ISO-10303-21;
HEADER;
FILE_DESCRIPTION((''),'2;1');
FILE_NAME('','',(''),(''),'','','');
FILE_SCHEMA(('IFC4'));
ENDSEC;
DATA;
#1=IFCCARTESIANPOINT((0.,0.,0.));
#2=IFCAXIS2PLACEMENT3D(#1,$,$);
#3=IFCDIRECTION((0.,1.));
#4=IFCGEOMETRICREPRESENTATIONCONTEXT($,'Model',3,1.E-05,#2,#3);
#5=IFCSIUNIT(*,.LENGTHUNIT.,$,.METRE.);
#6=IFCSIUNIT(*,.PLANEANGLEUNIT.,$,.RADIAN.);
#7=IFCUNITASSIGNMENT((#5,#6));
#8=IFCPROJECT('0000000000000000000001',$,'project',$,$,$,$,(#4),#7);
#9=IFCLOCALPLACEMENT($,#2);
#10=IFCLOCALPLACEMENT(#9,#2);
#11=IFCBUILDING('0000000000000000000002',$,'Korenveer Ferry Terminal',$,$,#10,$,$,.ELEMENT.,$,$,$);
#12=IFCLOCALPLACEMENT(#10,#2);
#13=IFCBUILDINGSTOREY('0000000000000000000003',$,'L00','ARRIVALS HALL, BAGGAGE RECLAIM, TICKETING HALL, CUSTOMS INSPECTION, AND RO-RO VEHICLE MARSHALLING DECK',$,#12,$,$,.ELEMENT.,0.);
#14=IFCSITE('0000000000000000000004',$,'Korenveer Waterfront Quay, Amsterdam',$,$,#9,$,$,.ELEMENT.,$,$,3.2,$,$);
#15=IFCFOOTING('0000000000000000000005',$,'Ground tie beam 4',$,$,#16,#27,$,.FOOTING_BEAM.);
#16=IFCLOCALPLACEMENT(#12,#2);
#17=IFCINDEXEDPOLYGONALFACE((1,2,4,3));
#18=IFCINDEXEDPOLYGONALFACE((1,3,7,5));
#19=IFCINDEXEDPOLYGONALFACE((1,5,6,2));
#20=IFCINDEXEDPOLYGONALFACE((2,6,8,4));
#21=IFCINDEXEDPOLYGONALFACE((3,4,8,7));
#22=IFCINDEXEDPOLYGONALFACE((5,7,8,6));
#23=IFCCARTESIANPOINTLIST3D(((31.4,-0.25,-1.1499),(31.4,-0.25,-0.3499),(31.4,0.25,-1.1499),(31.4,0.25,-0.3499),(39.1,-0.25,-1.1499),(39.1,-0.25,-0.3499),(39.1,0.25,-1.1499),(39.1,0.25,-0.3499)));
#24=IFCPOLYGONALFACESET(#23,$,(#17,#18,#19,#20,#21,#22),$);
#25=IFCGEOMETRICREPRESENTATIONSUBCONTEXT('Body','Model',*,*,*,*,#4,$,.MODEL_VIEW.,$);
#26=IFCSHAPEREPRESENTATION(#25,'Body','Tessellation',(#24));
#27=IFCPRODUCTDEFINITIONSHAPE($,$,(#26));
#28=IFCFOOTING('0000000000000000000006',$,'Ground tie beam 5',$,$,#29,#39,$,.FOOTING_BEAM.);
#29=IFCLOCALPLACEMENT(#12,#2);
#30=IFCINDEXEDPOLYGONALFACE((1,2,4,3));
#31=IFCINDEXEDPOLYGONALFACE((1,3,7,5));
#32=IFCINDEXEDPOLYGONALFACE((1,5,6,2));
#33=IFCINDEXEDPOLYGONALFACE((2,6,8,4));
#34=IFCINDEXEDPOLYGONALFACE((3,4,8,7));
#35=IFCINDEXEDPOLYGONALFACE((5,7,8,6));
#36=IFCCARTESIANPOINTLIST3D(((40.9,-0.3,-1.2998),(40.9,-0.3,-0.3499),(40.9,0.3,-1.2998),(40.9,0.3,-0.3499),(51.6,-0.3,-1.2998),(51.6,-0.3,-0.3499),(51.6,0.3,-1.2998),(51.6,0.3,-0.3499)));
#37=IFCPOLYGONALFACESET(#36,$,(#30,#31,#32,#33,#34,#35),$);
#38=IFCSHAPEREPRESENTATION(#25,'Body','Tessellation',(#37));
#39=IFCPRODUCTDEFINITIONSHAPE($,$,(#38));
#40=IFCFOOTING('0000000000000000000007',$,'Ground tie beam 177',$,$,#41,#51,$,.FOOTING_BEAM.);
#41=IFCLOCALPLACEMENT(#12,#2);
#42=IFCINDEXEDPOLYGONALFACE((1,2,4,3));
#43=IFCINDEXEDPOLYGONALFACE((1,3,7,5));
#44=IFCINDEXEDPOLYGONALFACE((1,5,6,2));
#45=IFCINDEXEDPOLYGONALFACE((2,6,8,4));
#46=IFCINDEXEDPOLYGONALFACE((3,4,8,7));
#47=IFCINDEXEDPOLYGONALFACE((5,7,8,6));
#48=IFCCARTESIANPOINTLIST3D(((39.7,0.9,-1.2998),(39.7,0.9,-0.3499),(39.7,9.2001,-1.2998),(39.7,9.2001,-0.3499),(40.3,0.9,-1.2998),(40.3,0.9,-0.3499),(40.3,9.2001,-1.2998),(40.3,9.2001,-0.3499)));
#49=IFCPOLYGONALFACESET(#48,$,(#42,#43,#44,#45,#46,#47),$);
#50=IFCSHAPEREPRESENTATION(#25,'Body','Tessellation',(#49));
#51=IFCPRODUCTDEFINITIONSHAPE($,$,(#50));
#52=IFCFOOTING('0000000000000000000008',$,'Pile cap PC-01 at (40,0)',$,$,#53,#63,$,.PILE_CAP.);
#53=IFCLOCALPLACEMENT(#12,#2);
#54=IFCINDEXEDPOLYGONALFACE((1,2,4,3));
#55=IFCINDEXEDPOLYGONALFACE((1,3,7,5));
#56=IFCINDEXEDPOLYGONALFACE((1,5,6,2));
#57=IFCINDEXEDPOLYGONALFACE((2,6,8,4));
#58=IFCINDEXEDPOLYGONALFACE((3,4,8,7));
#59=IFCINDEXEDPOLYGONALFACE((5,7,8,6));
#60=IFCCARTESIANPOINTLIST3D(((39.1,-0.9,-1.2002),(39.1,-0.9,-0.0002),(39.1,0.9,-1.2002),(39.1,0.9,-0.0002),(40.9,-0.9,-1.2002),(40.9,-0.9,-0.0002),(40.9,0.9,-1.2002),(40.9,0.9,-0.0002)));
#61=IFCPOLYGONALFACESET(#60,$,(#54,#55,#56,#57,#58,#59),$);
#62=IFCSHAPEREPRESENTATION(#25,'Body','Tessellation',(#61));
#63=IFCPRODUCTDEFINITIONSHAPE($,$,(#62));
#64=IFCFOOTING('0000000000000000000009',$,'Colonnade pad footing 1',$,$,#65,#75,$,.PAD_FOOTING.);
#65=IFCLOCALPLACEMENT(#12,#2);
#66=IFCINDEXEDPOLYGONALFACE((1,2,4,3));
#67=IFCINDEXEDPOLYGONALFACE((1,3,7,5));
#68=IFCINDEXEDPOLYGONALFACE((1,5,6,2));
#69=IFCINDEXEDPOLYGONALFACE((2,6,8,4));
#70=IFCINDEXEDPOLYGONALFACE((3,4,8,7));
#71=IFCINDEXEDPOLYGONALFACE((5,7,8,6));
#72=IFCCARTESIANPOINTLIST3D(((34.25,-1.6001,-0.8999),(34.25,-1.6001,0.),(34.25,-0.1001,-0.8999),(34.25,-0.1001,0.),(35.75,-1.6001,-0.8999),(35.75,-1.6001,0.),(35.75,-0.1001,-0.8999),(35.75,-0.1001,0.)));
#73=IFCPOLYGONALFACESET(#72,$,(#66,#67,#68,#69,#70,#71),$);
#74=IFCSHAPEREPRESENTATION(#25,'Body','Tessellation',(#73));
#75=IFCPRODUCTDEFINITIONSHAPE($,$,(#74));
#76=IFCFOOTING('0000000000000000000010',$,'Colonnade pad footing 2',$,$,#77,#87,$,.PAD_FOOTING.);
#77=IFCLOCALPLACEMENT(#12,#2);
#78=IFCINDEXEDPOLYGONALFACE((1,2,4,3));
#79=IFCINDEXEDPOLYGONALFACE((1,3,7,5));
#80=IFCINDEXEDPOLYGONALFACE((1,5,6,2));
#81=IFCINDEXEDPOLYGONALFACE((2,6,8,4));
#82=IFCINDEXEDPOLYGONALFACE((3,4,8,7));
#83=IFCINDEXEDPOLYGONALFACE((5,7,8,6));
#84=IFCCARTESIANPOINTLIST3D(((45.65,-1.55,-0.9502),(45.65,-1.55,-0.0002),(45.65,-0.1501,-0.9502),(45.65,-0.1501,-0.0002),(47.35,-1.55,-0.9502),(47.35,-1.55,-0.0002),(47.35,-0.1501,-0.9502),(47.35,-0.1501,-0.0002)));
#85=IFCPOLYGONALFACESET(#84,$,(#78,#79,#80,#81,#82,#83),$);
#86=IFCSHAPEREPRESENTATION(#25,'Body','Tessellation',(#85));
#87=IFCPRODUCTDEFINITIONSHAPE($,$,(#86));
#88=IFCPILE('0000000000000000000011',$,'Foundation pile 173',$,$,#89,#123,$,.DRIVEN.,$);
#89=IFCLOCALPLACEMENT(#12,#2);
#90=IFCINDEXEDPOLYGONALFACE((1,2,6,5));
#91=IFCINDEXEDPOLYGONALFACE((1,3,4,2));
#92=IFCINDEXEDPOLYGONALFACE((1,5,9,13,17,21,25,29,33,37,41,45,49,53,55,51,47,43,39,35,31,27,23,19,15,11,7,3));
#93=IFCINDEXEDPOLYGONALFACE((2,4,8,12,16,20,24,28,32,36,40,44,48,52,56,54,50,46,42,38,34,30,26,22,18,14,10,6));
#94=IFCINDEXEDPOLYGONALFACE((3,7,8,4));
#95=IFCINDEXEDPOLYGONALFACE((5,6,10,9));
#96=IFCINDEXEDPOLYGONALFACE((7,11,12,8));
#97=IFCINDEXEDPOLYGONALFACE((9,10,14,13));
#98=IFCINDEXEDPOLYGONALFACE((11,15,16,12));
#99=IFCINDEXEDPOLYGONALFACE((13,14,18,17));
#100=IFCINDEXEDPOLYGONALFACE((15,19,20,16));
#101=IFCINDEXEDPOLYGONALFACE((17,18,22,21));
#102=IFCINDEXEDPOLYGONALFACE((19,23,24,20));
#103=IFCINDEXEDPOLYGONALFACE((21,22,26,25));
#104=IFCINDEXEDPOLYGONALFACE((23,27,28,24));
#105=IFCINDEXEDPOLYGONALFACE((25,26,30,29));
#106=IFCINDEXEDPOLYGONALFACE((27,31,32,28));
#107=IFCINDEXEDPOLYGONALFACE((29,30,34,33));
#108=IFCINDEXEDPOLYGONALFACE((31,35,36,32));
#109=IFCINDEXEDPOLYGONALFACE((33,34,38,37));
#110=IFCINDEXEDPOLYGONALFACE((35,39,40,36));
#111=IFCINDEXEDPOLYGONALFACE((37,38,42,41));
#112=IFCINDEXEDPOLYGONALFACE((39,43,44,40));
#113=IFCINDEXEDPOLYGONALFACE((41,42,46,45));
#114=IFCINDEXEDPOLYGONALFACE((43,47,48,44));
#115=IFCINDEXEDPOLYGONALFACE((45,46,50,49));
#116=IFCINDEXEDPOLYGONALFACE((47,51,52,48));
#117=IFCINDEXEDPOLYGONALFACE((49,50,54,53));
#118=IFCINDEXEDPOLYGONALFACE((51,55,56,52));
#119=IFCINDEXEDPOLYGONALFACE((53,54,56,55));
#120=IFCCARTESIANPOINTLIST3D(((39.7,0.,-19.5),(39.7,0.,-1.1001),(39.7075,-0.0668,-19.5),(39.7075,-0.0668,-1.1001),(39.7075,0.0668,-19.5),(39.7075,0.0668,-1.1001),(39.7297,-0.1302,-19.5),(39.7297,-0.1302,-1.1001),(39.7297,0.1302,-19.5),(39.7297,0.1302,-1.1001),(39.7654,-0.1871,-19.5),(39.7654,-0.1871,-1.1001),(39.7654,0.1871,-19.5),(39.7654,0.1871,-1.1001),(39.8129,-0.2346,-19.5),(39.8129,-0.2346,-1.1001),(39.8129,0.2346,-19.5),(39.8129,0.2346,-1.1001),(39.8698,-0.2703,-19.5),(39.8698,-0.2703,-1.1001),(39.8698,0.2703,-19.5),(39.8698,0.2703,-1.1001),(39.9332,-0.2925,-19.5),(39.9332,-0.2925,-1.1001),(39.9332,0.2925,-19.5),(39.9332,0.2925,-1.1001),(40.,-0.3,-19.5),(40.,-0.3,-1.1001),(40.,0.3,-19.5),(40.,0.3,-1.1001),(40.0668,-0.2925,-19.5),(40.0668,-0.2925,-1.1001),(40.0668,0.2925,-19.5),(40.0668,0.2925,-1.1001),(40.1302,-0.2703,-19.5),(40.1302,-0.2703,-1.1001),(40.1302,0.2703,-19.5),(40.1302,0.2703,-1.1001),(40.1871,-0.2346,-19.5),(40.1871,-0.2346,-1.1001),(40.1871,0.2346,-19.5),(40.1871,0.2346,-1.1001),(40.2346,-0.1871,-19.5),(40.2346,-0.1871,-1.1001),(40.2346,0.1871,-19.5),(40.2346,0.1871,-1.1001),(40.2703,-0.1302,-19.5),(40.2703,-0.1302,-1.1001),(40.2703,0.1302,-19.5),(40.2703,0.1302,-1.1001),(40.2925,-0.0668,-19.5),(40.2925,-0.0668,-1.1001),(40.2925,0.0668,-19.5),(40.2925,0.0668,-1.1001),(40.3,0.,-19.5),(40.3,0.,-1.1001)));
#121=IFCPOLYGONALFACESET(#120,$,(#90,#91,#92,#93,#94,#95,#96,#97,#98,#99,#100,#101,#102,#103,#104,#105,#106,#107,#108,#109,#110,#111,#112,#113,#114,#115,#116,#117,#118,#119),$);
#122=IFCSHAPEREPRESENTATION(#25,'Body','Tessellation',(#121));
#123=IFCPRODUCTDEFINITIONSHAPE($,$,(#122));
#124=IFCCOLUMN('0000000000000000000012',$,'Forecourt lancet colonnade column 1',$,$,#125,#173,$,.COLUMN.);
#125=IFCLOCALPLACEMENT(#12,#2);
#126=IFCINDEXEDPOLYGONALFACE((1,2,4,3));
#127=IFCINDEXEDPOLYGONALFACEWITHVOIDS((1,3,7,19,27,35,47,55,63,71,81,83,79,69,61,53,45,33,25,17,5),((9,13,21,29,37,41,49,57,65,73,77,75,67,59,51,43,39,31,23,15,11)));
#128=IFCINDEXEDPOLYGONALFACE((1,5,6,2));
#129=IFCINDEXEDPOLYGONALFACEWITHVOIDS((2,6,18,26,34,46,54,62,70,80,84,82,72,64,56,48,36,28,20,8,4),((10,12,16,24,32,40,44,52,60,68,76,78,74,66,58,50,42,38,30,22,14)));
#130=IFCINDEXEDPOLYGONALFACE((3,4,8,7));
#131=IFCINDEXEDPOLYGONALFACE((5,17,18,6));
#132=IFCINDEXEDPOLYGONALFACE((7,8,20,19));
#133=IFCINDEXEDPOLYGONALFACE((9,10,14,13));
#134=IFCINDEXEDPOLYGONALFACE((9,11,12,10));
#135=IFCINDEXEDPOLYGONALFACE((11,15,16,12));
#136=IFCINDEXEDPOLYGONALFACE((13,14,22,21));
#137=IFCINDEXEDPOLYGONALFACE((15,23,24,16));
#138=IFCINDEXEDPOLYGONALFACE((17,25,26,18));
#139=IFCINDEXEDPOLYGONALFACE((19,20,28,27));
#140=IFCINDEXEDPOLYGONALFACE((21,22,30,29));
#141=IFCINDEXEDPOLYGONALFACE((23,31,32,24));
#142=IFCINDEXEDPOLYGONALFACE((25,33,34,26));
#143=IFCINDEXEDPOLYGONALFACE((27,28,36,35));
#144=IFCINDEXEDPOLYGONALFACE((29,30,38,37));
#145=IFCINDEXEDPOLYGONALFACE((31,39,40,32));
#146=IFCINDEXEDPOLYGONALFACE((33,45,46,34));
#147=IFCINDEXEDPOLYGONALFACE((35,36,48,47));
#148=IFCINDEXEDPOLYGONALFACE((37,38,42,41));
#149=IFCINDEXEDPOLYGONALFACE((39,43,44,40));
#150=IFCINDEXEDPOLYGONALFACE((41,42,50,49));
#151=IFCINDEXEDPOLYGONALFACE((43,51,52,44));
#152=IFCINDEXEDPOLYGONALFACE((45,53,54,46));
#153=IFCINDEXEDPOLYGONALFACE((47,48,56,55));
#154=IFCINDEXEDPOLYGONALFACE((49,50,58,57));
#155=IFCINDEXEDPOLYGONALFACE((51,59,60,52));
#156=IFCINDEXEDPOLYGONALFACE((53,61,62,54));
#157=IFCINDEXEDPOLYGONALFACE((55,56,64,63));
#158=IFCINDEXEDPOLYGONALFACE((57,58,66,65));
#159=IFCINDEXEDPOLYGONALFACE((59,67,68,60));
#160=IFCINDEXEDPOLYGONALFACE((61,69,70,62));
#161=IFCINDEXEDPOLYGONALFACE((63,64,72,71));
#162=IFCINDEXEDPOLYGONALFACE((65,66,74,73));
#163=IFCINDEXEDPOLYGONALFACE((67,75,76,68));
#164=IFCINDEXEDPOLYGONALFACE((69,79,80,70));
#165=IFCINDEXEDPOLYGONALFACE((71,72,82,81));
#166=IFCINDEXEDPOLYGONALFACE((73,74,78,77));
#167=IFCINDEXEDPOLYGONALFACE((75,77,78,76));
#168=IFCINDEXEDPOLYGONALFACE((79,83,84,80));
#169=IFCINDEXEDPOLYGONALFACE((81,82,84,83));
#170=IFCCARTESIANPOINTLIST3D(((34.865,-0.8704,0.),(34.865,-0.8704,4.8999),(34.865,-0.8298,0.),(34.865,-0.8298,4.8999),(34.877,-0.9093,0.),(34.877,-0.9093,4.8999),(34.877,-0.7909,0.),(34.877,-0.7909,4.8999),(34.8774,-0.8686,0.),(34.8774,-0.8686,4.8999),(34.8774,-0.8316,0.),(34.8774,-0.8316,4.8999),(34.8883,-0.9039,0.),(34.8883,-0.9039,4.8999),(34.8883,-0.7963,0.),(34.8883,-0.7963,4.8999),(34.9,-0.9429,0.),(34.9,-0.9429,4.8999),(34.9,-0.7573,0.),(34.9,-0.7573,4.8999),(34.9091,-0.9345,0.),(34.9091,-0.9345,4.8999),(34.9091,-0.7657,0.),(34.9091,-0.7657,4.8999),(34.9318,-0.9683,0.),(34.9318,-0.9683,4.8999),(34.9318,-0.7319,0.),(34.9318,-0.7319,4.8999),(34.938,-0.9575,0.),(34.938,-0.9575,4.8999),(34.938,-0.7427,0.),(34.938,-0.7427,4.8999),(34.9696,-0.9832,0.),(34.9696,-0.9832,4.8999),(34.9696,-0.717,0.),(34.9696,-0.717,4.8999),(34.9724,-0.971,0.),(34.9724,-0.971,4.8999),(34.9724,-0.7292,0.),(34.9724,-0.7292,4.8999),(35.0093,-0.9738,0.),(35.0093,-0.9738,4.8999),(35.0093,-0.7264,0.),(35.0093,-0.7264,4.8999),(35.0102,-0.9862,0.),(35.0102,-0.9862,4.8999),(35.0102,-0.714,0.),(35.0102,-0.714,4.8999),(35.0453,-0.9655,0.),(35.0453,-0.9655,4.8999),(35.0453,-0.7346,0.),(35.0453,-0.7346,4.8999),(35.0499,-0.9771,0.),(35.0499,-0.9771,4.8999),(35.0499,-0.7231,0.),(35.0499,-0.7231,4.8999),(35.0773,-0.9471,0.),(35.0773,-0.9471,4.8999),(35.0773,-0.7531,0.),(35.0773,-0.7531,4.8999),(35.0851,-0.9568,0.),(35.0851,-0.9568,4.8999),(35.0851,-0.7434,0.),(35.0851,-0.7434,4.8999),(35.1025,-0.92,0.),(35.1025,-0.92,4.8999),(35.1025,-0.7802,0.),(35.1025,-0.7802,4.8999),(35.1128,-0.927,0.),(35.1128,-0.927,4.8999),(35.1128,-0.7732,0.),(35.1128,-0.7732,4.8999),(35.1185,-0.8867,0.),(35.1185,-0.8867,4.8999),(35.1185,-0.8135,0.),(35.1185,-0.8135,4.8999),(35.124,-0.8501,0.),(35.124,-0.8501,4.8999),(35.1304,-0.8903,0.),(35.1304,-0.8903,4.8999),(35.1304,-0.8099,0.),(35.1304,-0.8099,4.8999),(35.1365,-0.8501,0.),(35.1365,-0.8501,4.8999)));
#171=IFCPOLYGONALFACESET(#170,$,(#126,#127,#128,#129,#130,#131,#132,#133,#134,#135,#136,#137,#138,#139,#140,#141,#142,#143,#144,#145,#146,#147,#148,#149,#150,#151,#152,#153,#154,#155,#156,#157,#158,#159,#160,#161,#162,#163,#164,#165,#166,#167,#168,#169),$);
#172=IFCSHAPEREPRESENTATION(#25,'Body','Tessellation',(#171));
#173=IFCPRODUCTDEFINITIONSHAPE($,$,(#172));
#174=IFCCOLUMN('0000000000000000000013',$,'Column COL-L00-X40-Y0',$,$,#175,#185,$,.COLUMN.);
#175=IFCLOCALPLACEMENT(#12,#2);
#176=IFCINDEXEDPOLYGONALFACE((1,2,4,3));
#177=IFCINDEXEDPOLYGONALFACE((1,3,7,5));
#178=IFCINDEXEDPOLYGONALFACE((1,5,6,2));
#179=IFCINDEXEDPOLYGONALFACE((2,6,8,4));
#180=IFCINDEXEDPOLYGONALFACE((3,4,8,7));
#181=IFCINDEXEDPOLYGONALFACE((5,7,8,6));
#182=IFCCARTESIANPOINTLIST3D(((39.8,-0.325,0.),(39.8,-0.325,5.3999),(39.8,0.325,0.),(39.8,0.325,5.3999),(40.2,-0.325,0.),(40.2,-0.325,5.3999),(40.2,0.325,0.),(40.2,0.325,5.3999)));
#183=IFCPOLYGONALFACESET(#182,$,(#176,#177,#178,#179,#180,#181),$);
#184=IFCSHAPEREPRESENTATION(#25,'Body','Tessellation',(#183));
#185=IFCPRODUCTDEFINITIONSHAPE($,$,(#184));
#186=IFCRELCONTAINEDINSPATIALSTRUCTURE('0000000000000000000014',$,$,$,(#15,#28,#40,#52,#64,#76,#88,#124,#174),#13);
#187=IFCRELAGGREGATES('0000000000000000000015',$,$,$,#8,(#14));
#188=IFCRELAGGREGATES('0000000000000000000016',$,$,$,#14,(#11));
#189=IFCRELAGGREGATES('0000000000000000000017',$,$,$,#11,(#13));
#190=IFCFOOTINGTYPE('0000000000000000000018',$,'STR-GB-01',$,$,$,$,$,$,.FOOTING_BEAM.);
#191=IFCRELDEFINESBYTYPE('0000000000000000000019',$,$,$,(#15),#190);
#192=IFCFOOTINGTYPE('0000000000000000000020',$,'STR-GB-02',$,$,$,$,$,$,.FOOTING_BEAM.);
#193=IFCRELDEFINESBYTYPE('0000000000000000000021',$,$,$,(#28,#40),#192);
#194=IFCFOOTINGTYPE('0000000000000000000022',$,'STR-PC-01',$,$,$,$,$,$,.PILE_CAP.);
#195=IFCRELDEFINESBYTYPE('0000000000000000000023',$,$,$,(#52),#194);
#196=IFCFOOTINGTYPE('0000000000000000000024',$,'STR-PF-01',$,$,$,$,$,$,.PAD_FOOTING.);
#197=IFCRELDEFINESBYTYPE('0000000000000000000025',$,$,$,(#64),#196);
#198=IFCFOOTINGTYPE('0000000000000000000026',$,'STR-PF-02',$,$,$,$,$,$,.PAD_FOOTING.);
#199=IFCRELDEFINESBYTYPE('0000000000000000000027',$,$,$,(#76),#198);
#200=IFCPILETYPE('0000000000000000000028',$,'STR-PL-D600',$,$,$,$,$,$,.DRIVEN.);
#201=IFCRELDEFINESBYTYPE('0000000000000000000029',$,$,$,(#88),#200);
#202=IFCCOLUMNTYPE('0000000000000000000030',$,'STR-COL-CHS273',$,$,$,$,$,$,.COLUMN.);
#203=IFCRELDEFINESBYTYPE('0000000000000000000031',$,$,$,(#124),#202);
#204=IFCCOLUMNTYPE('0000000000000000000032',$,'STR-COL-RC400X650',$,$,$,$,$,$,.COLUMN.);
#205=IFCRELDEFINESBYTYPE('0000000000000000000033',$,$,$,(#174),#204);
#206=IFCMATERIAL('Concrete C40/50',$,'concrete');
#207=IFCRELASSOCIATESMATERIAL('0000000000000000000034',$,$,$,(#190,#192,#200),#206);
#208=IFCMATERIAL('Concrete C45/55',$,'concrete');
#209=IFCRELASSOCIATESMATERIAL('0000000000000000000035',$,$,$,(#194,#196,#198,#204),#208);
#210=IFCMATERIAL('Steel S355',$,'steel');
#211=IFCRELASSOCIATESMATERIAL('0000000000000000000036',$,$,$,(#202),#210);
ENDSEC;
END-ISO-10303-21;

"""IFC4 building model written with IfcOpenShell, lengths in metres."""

from ifc_helpers import new_model, si_unit, direction, frame, origin, origin_2d, place, context, subcontext, project, spatial, rectangle, circle, hollow_circle, extrude, material, material_profile, profile_set, type_object, element, save


model = new_model("IFC4")

# Units and contexts
model_context = context("Model", 3, precision=1e-05, world=origin(), true_north=direction((0.0, 1.0)))
body_context = subcontext(model_context, "Body", "Model", "MODEL_VIEW")
ifc_project = project(units=[si_unit("LENGTHUNIT", "METRE"), si_unit("PLANEANGLEUNIT", "RADIAN")], contexts=[model_context])

# Site, building, storey
site_placement = place(None, origin())
site = spatial("IfcSite", under=ifc_project, at=site_placement, Name="Korenveer Waterfront Quay, Amsterdam", CompositionType="ELEMENT", RefElevation=3.2)
building_placement = place(site_placement, origin())
building = spatial("IfcBuilding", under=site, at=building_placement, Name="Korenveer Ferry Terminal", CompositionType="ELEMENT")
storey_placement = place(building_placement, origin())
storey = spatial("IfcBuildingStorey", under=building, at=storey_placement, Name="L00", Description="ARRIVALS HALL, BAGGAGE RECLAIM, TICKETING HALL, CUSTOMS INSPECTION, AND RO-RO VEHICLE MARSHALLING DECK", CompositionType="ELEMENT", Elevation=0.0)

# Footings
ifc_material_1 = material(Name="Concrete C40/50", Category="concrete")
footing_type_1 = type_object("IfcFootingType", Name="STR-GB-01", PredefinedType="FOOTING_BEAM", material=ifc_material_1)
footing_1_placement = place(storey_placement, frame((35.25, 0.0, -1.1499), z_axis=(0.0, 0.0, 1.0), x_axis=(1.0, 0.0, 0.0)))
element("IfcFooting", 1, at=footing_1_placement, inside=storey, type_object=footing_type_1, Name="Ground tie beam 4", PredefinedType="FOOTING_BEAM", context=body_context, shape_type="SweptSolid", body=[
    extrude(rectangle(XDim=7.7, YDim=0.5, at=origin_2d()), origin(), (0.0, 0.0, 1.0), 0.8),
])
footing_type_2 = type_object("IfcFootingType", Name="STR-GB-02", PredefinedType="FOOTING_BEAM", material=ifc_material_1)
footing_2_placement = place(storey_placement, frame((46.25, 0.0, -1.2998), z_axis=(0.0, 0.0, 1.0), x_axis=(1.0, 0.0, 0.0)))
element("IfcFooting", 2, at=footing_2_placement, inside=storey, type_object=footing_type_2, Name="Ground tie beam 5", PredefinedType="FOOTING_BEAM", context=body_context, shape_type="SweptSolid", body=[
    extrude(rectangle(XDim=10.7, YDim=0.6001, at=origin_2d()), origin(), (0.0, 0.0, 1.0), 0.95),
])
footing_3_placement = place(storey_placement, frame((40.0, 5.05, -1.2998), z_axis=(0.0, 0.0, 1.0), x_axis=(1.0, 0.0, 0.0)))
element("IfcFooting", 3, at=footing_3_placement, inside=storey, type_object=footing_type_2, Name="Ground tie beam 177", PredefinedType="FOOTING_BEAM", context=body_context, shape_type="SweptSolid", body=[
    extrude(rectangle(XDim=0.6001, YDim=8.3, at=origin_2d()), origin(), (0.0, 0.0, 1.0), 0.95),
])
ifc_material_2 = material(Name="Concrete C45/55", Category="concrete")
footing_type_3 = type_object("IfcFootingType", Name="STR-PC-01", PredefinedType="PILE_CAP", material=ifc_material_2)
footing_4_placement = place(storey_placement, frame((40.0, 0.0, -1.2002), z_axis=(0.0, 0.0, 1.0), x_axis=(1.0, 0.0, 0.0)))
element("IfcFooting", 4, at=footing_4_placement, inside=storey, type_object=footing_type_3, Name="Pile cap PC-01 at (40,0)", PredefinedType="PILE_CAP", context=body_context, shape_type="SweptSolid", body=[
    extrude(rectangle(XDim=1.8, YDim=1.8, at=origin_2d()), origin(), (0.0, 0.0, 1.0), 1.2),
])
footing_type_4 = type_object("IfcFootingType", Name="STR-PF-01", PredefinedType="PAD_FOOTING", material=ifc_material_2)
footing_5_placement = place(storey_placement, frame((35.0, -0.8501, -0.8999), z_axis=(0.0, 0.0, 1.0), x_axis=(1.0, 0.0, 0.0)))
element("IfcFooting", 5, at=footing_5_placement, inside=storey, type_object=footing_type_4, Name="Colonnade pad footing 1", PredefinedType="PAD_FOOTING", context=body_context, shape_type="SweptSolid", body=[
    extrude(rectangle(XDim=1.5, YDim=1.5, at=origin_2d()), origin(), (0.0, 0.0, 1.0), 0.8999),
])
footing_type_5 = type_object("IfcFootingType", Name="STR-PF-02", PredefinedType="PAD_FOOTING", material=ifc_material_2)
footing_6_placement = place(storey_placement, frame((46.5, -0.8501, -0.9502), z_axis=(0.0, 0.0, 1.0), x_axis=(1.0, 0.0, 0.0)))
element("IfcFooting", 6, at=footing_6_placement, inside=storey, type_object=footing_type_5, Name="Colonnade pad footing 2", PredefinedType="PAD_FOOTING", context=body_context, shape_type="SweptSolid", body=[
    extrude(rectangle(XDim=1.7, YDim=1.3999, at=origin_2d()), origin(), (0.0, 0.0, 1.0), 0.95),
])

# Pile
ifc_material_profile_1 = material_profile(ifc_material_1, circle(Radius=0.3, at=origin_2d()), Name="PILE D600")
ifc_profile_set_1 = profile_set([ifc_material_profile_1], Name="Concrete C40/50")
pile_type = type_object("IfcPileType", Name="STR-PL-D600", PredefinedType="DRIVEN", material=ifc_profile_set_1)
pile_placement = place(storey_placement, frame((40.0, 0.0, -1.1001), z_axis=(0.0, 0.0, -1.0), x_axis=(1.0, 0.0, 0.0)))
element("IfcPile", 7, at=pile_placement, inside=storey, type_object=pile_type, Name="Foundation pile 173", PredefinedType="DRIVEN", context=body_context, shape_type="SweptSolid", body=[
    extrude(circle(Radius=0.3, at=origin_2d()), origin(), (0.0, 0.0, 1.0), 18.3999),
])

# Columns
ifc_material_3 = material(Name="Steel S355", Category="steel")
ifc_material_profile_2 = material_profile(ifc_material_3, hollow_circle(Radius=0.1365, WallThickness=0.0125, at=origin_2d()), Name="CHS 273x12.5")
ifc_profile_set_2 = profile_set([ifc_material_profile_2], Name="Steel S355")
column_type_1 = type_object("IfcColumnType", Name="STR-COL-CHS273", PredefinedType="COLUMN", material=ifc_profile_set_2)
column_1_placement = place(storey_placement, frame((35.0, -0.8501, 0.0), z_axis=(0.0, 0.0, 1.0), x_axis=(1.0, 0.0, 0.0)))
element("IfcColumn", 8, at=column_1_placement, inside=storey, type_object=column_type_1, Name="Forecourt lancet colonnade column 1", PredefinedType="COLUMN", context=body_context, shape_type="SweptSolid", body=[
    extrude(hollow_circle(Radius=0.1365, WallThickness=0.0125, at=origin_2d()), origin(), (0.0, 0.0, 1.0), 4.8999),
])
ifc_material_profile_3 = material_profile(ifc_material_2, rectangle(XDim=0.3999, YDim=0.6499, at=origin_2d()), Name="RC 400x650")
ifc_profile_set_3 = profile_set([ifc_material_profile_3], Name="Concrete C45/55")
column_type_2 = type_object("IfcColumnType", Name="STR-COL-RC400X650", PredefinedType="COLUMN", material=ifc_profile_set_3)
column_2_placement = place(storey_placement, frame((40.0, 0.0, 0.0), z_axis=(0.0, 0.0, 1.0), x_axis=(1.0, 0.0, 0.0)))
element("IfcColumn", 9, at=column_2_placement, inside=storey, type_object=column_type_2, Name="Column COL-L00-X40-Y0", PredefinedType="COLUMN", context=body_context, shape_type="SweptSolid", body=[
    extrude(rectangle(XDim=0.3999, YDim=0.6499, at=origin_2d()), origin(), (0.0, 0.0, 1.0), 5.3999),
])

save(model, "model.ifc")
